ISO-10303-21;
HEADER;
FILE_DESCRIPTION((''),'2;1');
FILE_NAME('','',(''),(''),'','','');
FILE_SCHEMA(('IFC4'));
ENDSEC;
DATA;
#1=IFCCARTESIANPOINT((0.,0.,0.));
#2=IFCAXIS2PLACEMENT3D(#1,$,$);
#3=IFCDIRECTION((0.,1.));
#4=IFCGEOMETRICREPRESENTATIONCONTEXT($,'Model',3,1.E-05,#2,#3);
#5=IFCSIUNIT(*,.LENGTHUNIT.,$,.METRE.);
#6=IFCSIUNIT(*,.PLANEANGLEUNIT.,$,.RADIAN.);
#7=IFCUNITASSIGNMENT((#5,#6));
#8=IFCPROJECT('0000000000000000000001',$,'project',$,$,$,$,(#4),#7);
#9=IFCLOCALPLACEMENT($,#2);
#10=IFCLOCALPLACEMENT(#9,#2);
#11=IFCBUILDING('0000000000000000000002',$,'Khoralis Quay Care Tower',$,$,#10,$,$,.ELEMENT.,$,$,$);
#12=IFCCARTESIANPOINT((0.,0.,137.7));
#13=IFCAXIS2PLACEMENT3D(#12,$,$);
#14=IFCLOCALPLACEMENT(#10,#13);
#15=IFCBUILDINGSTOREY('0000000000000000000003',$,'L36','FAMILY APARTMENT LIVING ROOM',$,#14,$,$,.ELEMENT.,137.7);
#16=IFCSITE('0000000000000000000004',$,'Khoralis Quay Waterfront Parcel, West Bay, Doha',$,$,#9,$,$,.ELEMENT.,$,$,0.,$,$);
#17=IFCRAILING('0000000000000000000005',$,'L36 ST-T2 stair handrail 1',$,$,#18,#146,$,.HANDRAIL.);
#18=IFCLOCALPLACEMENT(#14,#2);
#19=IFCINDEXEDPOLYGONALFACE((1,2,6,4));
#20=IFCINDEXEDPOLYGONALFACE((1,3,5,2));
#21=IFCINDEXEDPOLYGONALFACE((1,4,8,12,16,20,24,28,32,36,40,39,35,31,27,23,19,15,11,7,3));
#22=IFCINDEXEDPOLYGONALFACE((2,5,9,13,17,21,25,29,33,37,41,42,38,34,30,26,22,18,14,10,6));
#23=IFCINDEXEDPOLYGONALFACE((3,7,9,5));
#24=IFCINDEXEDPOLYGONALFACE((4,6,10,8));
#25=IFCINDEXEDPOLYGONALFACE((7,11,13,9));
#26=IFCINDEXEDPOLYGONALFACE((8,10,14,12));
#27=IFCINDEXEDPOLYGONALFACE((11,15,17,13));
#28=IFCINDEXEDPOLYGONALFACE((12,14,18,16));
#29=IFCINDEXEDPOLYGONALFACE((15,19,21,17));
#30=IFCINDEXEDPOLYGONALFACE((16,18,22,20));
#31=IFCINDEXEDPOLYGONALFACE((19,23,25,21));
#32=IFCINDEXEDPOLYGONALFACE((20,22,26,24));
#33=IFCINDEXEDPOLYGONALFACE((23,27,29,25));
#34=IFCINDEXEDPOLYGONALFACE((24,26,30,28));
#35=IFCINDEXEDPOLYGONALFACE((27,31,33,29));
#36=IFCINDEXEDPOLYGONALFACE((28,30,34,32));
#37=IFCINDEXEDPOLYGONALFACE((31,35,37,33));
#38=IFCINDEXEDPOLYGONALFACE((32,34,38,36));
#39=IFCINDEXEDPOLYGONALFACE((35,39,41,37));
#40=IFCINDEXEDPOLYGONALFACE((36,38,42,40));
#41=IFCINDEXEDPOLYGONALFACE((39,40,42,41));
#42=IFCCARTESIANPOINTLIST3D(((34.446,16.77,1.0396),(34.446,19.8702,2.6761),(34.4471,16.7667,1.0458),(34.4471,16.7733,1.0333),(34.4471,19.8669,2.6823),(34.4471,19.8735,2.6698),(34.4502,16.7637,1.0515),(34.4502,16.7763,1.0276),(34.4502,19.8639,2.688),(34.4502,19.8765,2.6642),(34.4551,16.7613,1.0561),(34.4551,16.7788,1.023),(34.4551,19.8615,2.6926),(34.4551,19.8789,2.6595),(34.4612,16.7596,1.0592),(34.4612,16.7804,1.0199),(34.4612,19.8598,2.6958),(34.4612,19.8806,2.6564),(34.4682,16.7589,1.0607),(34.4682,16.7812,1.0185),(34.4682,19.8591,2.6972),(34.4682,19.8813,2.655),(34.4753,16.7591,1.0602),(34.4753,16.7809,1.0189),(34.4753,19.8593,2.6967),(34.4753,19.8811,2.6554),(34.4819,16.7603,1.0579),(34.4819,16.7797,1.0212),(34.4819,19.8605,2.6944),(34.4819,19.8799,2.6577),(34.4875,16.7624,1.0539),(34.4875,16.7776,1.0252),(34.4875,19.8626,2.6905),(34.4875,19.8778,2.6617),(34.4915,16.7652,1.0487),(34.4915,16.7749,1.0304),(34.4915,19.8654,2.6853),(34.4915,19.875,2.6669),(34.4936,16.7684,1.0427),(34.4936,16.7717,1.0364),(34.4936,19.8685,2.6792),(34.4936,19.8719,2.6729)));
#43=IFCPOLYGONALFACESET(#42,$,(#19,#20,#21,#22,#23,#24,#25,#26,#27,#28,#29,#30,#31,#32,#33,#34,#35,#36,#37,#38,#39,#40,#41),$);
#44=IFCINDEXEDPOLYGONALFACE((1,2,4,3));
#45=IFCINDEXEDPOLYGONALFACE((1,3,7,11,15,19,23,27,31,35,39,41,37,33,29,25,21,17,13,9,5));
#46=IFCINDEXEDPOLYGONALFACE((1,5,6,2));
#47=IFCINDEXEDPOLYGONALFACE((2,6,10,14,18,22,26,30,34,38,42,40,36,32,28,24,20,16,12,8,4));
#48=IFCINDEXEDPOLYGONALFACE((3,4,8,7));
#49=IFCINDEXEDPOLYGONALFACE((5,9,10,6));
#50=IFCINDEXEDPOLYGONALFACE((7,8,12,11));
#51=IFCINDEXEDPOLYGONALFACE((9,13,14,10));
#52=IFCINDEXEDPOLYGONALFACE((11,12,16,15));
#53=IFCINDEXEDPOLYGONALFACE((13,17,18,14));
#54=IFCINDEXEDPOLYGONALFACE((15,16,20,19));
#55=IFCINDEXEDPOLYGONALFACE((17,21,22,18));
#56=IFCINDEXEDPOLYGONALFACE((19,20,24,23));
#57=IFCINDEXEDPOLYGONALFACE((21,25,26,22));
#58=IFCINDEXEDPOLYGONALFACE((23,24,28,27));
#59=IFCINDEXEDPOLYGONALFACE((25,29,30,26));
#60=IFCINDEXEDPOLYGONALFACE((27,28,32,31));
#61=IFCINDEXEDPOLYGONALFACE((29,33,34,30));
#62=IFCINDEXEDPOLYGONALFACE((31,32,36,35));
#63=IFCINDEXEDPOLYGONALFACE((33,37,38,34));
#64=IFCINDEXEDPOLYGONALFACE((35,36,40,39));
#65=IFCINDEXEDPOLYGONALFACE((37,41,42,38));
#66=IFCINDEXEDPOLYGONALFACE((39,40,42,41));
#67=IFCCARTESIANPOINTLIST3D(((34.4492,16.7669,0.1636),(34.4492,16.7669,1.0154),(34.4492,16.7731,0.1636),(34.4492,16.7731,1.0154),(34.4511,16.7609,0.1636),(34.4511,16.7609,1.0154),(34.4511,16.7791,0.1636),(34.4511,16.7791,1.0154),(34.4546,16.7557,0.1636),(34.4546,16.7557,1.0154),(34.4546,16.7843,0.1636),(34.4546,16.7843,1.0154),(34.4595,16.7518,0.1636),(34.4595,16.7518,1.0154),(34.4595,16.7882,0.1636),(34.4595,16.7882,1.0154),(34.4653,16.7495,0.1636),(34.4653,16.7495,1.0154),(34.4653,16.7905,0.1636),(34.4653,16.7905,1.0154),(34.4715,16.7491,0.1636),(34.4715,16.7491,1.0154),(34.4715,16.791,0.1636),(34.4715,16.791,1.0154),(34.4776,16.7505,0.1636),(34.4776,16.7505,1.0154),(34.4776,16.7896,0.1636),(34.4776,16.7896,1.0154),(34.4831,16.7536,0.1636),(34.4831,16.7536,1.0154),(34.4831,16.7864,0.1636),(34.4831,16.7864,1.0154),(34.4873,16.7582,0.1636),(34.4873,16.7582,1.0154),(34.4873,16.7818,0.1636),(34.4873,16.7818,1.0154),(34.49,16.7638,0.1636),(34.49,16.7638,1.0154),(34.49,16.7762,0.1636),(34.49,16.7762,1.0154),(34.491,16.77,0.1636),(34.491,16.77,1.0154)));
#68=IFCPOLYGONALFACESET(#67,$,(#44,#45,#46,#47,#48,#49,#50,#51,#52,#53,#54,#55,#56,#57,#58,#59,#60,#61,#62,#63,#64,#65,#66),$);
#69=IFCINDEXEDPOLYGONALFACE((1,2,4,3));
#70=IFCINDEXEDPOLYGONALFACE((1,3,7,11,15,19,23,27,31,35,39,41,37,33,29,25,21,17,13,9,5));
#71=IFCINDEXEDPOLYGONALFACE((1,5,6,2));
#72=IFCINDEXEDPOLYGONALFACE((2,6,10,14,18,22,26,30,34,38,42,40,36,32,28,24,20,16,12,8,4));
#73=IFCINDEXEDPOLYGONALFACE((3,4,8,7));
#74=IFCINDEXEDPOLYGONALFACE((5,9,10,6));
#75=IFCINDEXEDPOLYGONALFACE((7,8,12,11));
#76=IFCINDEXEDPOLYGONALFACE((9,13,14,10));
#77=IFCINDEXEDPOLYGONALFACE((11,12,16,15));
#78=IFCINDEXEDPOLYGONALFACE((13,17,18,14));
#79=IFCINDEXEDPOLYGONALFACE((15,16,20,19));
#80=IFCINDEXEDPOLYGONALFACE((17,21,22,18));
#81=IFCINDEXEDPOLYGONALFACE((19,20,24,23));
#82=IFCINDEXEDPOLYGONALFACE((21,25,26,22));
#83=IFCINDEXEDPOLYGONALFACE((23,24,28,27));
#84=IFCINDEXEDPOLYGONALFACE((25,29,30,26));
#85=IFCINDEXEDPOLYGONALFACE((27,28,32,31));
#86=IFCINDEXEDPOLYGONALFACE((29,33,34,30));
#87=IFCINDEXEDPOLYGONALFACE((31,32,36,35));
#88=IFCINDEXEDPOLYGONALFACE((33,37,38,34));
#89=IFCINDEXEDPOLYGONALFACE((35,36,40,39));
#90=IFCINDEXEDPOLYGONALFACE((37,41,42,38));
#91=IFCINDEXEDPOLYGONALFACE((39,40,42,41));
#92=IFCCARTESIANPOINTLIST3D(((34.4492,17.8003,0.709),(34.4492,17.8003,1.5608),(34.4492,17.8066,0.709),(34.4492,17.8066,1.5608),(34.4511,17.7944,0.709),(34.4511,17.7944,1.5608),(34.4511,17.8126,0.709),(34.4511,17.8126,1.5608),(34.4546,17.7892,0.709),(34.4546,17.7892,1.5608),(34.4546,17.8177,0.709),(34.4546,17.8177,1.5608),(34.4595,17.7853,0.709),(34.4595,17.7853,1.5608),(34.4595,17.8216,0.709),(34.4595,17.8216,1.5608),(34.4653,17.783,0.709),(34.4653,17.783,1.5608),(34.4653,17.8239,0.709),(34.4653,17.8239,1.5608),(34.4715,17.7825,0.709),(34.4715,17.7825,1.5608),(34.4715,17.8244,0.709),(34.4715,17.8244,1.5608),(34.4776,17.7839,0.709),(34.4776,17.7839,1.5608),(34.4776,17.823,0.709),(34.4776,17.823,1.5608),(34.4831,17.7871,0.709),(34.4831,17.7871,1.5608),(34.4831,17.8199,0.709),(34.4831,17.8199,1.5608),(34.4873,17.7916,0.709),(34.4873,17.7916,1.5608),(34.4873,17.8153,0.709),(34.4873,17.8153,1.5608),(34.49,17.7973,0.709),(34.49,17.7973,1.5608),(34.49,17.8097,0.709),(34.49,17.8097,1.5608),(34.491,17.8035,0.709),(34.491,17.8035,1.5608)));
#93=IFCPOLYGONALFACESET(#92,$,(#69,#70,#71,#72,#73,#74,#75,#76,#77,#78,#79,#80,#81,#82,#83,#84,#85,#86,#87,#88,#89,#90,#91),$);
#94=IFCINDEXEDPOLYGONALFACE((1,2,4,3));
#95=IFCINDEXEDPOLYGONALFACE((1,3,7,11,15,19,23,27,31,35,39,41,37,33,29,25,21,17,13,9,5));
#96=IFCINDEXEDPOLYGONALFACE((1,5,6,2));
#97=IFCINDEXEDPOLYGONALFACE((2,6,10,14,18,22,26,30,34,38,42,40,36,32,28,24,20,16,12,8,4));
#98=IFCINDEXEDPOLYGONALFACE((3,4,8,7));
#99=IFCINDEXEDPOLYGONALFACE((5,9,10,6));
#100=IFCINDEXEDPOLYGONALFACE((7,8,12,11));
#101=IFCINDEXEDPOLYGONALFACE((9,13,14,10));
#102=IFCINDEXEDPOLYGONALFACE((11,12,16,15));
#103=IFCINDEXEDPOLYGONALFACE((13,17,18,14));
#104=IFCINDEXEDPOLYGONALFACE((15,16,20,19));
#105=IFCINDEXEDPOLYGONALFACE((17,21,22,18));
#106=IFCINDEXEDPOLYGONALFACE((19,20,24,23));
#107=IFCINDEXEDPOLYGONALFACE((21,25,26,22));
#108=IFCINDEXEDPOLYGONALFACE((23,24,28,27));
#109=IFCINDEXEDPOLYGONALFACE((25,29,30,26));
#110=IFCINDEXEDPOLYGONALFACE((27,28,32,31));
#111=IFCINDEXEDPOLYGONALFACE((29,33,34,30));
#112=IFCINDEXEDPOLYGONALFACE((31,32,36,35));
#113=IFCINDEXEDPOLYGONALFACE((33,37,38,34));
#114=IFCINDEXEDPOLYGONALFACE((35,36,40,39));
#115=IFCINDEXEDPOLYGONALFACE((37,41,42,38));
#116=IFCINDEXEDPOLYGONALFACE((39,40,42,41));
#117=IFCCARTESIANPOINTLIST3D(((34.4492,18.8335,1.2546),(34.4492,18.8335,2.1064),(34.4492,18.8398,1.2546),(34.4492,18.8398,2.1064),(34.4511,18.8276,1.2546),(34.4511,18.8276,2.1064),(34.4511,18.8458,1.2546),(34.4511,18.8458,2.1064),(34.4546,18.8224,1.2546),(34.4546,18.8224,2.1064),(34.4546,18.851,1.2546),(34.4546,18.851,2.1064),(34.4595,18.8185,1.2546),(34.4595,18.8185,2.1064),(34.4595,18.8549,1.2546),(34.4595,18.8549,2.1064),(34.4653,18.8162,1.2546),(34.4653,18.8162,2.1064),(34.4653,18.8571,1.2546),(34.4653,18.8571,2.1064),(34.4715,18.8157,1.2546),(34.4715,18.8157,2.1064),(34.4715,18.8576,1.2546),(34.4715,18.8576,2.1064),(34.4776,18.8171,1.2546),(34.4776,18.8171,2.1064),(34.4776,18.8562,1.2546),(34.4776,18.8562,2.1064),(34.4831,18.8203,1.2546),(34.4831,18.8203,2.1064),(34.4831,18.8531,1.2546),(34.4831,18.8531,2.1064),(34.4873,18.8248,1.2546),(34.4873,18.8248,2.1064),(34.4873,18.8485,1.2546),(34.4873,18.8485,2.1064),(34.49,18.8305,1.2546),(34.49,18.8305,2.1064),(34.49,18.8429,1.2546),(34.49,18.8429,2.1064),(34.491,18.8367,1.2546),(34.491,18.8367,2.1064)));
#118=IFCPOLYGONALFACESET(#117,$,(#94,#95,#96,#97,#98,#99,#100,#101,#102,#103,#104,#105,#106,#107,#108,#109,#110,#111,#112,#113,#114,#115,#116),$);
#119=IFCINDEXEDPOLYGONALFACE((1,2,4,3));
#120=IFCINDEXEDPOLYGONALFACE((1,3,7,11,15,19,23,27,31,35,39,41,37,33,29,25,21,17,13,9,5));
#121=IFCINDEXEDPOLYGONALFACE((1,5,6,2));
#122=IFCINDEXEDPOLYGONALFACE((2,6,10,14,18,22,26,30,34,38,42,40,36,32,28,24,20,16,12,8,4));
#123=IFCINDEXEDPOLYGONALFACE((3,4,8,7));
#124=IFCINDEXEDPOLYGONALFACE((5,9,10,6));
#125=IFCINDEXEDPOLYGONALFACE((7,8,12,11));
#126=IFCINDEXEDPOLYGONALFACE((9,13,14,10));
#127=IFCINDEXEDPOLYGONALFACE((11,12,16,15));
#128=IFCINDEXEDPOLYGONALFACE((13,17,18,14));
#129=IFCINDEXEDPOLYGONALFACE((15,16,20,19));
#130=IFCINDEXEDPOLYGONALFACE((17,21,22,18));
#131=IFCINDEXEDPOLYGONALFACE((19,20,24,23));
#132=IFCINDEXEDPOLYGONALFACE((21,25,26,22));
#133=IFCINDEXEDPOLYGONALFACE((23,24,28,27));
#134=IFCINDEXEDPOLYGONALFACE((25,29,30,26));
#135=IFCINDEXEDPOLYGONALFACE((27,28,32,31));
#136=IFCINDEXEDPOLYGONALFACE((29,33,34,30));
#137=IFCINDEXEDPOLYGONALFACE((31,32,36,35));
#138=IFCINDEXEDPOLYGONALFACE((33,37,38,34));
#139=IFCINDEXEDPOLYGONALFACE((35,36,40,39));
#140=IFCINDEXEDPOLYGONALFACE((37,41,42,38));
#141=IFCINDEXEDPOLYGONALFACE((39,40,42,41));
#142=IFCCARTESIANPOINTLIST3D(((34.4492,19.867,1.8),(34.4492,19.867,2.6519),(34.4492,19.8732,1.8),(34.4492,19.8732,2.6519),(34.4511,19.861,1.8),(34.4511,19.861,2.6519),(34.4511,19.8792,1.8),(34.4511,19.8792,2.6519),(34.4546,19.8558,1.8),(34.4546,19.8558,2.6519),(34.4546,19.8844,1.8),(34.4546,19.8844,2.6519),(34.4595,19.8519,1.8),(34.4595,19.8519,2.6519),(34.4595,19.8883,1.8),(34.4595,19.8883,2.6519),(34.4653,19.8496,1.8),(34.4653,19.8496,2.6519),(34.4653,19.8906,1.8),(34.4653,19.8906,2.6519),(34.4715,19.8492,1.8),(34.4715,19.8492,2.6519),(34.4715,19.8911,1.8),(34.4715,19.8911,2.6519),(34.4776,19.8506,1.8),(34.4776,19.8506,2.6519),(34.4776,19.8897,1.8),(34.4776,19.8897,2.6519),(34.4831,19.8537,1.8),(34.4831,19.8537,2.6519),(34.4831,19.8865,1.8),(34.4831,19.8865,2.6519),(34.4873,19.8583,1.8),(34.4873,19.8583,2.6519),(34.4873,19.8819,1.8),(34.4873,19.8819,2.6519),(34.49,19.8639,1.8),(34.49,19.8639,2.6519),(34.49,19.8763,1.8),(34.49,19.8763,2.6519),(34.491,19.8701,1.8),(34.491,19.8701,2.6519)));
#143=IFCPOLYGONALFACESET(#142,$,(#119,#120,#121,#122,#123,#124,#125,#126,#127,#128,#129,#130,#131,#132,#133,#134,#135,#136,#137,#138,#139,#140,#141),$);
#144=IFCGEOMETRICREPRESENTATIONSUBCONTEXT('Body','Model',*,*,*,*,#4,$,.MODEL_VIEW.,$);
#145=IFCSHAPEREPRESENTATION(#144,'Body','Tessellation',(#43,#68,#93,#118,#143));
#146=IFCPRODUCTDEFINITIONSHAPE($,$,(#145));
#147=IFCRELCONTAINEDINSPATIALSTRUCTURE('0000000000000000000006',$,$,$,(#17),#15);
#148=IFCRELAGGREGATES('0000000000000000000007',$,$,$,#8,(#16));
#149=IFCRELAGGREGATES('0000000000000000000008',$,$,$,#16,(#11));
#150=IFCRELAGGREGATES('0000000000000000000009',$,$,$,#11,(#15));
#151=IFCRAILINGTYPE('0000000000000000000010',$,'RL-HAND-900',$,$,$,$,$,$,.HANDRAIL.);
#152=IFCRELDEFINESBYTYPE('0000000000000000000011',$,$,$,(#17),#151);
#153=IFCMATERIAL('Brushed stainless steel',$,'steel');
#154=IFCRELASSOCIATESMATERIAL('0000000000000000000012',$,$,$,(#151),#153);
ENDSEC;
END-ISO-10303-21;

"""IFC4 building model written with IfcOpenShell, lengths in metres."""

from ifc_helpers import new_model, si_unit, direction, frame, origin, origin_2d, place, context, subcontext, project, spatial, circle, extrude, material, type_object, element, save


model = new_model("IFC4")

# Units and contexts
model_context = context("Model", 3, precision=1e-05, world=origin(), true_north=direction((0.0, 1.0)))
body_context = subcontext(model_context, "Body", "Model", "MODEL_VIEW")
ifc_project = project(units=[si_unit("LENGTHUNIT", "METRE"), si_unit("PLANEANGLEUNIT", "RADIAN")], contexts=[model_context])

# Site, building, storey
site_placement = place(None, origin())
site = spatial("IfcSite", under=ifc_project, at=site_placement, Name="Khoralis Quay Waterfront Parcel, West Bay, Doha", CompositionType="ELEMENT", RefElevation=0.0)
building_placement = place(site_placement, origin())
building = spatial("IfcBuilding", under=site, at=building_placement, Name="Khoralis Quay Care Tower", CompositionType="ELEMENT")
storey_placement = place(building_placement, frame((0.0, 0.0, 137.7)))
storey = spatial("IfcBuildingStorey", under=building, at=storey_placement, Name="L36", Description="FAMILY APARTMENT LIVING ROOM", CompositionType="ELEMENT", Elevation=137.7)

# Shared definitions
ifc_material_1 = material(Name="Brushed stainless steel", Category="steel")

# Railing
railing_type_1 = type_object("IfcRailingType", Name="RL-HAND-900", PredefinedType="HANDRAIL", material=ifc_material_1)
railing_1_placement = place(storey_placement, frame((34.47, 16.77, 0.1636)))
element("IfcRailing", 1, at=railing_1_placement, inside=storey, type_object=railing_type_1, Name="L36 ST-T2 stair handrail 1", PredefinedType="HANDRAIL", context=body_context, shape_type="SweptSolid", body=[
    extrude(circle(Radius=0.0239, at=origin_2d()), frame((0.0, 0.0, 0.876), z_axis=(0.0, 0.884348, 0.466828), x_axis=(-1.0, 0.0, 0.0)), (0.0, 0.0, 1.0), 3.5056),
    extrude(circle(Radius=0.021, at=origin_2d()), origin(), (0.0, 0.0, 1.0), 0.8518),
    extrude(circle(Radius=0.021, at=origin_2d()), frame((0.0, 1.0334, 0.5454)), (0.0, 0.0, 1.0), 0.8518),
    extrude(circle(Radius=0.021, at=origin_2d()), frame((0.0, 2.0667, 1.0911)), (0.0, 0.0, 1.0), 0.8518),
    extrude(circle(Radius=0.021, at=origin_2d()), frame((0.0, 3.1001, 1.6365)), (0.0, 0.0, 1.0), 0.8518),
])

save(model, "model.ifc")
